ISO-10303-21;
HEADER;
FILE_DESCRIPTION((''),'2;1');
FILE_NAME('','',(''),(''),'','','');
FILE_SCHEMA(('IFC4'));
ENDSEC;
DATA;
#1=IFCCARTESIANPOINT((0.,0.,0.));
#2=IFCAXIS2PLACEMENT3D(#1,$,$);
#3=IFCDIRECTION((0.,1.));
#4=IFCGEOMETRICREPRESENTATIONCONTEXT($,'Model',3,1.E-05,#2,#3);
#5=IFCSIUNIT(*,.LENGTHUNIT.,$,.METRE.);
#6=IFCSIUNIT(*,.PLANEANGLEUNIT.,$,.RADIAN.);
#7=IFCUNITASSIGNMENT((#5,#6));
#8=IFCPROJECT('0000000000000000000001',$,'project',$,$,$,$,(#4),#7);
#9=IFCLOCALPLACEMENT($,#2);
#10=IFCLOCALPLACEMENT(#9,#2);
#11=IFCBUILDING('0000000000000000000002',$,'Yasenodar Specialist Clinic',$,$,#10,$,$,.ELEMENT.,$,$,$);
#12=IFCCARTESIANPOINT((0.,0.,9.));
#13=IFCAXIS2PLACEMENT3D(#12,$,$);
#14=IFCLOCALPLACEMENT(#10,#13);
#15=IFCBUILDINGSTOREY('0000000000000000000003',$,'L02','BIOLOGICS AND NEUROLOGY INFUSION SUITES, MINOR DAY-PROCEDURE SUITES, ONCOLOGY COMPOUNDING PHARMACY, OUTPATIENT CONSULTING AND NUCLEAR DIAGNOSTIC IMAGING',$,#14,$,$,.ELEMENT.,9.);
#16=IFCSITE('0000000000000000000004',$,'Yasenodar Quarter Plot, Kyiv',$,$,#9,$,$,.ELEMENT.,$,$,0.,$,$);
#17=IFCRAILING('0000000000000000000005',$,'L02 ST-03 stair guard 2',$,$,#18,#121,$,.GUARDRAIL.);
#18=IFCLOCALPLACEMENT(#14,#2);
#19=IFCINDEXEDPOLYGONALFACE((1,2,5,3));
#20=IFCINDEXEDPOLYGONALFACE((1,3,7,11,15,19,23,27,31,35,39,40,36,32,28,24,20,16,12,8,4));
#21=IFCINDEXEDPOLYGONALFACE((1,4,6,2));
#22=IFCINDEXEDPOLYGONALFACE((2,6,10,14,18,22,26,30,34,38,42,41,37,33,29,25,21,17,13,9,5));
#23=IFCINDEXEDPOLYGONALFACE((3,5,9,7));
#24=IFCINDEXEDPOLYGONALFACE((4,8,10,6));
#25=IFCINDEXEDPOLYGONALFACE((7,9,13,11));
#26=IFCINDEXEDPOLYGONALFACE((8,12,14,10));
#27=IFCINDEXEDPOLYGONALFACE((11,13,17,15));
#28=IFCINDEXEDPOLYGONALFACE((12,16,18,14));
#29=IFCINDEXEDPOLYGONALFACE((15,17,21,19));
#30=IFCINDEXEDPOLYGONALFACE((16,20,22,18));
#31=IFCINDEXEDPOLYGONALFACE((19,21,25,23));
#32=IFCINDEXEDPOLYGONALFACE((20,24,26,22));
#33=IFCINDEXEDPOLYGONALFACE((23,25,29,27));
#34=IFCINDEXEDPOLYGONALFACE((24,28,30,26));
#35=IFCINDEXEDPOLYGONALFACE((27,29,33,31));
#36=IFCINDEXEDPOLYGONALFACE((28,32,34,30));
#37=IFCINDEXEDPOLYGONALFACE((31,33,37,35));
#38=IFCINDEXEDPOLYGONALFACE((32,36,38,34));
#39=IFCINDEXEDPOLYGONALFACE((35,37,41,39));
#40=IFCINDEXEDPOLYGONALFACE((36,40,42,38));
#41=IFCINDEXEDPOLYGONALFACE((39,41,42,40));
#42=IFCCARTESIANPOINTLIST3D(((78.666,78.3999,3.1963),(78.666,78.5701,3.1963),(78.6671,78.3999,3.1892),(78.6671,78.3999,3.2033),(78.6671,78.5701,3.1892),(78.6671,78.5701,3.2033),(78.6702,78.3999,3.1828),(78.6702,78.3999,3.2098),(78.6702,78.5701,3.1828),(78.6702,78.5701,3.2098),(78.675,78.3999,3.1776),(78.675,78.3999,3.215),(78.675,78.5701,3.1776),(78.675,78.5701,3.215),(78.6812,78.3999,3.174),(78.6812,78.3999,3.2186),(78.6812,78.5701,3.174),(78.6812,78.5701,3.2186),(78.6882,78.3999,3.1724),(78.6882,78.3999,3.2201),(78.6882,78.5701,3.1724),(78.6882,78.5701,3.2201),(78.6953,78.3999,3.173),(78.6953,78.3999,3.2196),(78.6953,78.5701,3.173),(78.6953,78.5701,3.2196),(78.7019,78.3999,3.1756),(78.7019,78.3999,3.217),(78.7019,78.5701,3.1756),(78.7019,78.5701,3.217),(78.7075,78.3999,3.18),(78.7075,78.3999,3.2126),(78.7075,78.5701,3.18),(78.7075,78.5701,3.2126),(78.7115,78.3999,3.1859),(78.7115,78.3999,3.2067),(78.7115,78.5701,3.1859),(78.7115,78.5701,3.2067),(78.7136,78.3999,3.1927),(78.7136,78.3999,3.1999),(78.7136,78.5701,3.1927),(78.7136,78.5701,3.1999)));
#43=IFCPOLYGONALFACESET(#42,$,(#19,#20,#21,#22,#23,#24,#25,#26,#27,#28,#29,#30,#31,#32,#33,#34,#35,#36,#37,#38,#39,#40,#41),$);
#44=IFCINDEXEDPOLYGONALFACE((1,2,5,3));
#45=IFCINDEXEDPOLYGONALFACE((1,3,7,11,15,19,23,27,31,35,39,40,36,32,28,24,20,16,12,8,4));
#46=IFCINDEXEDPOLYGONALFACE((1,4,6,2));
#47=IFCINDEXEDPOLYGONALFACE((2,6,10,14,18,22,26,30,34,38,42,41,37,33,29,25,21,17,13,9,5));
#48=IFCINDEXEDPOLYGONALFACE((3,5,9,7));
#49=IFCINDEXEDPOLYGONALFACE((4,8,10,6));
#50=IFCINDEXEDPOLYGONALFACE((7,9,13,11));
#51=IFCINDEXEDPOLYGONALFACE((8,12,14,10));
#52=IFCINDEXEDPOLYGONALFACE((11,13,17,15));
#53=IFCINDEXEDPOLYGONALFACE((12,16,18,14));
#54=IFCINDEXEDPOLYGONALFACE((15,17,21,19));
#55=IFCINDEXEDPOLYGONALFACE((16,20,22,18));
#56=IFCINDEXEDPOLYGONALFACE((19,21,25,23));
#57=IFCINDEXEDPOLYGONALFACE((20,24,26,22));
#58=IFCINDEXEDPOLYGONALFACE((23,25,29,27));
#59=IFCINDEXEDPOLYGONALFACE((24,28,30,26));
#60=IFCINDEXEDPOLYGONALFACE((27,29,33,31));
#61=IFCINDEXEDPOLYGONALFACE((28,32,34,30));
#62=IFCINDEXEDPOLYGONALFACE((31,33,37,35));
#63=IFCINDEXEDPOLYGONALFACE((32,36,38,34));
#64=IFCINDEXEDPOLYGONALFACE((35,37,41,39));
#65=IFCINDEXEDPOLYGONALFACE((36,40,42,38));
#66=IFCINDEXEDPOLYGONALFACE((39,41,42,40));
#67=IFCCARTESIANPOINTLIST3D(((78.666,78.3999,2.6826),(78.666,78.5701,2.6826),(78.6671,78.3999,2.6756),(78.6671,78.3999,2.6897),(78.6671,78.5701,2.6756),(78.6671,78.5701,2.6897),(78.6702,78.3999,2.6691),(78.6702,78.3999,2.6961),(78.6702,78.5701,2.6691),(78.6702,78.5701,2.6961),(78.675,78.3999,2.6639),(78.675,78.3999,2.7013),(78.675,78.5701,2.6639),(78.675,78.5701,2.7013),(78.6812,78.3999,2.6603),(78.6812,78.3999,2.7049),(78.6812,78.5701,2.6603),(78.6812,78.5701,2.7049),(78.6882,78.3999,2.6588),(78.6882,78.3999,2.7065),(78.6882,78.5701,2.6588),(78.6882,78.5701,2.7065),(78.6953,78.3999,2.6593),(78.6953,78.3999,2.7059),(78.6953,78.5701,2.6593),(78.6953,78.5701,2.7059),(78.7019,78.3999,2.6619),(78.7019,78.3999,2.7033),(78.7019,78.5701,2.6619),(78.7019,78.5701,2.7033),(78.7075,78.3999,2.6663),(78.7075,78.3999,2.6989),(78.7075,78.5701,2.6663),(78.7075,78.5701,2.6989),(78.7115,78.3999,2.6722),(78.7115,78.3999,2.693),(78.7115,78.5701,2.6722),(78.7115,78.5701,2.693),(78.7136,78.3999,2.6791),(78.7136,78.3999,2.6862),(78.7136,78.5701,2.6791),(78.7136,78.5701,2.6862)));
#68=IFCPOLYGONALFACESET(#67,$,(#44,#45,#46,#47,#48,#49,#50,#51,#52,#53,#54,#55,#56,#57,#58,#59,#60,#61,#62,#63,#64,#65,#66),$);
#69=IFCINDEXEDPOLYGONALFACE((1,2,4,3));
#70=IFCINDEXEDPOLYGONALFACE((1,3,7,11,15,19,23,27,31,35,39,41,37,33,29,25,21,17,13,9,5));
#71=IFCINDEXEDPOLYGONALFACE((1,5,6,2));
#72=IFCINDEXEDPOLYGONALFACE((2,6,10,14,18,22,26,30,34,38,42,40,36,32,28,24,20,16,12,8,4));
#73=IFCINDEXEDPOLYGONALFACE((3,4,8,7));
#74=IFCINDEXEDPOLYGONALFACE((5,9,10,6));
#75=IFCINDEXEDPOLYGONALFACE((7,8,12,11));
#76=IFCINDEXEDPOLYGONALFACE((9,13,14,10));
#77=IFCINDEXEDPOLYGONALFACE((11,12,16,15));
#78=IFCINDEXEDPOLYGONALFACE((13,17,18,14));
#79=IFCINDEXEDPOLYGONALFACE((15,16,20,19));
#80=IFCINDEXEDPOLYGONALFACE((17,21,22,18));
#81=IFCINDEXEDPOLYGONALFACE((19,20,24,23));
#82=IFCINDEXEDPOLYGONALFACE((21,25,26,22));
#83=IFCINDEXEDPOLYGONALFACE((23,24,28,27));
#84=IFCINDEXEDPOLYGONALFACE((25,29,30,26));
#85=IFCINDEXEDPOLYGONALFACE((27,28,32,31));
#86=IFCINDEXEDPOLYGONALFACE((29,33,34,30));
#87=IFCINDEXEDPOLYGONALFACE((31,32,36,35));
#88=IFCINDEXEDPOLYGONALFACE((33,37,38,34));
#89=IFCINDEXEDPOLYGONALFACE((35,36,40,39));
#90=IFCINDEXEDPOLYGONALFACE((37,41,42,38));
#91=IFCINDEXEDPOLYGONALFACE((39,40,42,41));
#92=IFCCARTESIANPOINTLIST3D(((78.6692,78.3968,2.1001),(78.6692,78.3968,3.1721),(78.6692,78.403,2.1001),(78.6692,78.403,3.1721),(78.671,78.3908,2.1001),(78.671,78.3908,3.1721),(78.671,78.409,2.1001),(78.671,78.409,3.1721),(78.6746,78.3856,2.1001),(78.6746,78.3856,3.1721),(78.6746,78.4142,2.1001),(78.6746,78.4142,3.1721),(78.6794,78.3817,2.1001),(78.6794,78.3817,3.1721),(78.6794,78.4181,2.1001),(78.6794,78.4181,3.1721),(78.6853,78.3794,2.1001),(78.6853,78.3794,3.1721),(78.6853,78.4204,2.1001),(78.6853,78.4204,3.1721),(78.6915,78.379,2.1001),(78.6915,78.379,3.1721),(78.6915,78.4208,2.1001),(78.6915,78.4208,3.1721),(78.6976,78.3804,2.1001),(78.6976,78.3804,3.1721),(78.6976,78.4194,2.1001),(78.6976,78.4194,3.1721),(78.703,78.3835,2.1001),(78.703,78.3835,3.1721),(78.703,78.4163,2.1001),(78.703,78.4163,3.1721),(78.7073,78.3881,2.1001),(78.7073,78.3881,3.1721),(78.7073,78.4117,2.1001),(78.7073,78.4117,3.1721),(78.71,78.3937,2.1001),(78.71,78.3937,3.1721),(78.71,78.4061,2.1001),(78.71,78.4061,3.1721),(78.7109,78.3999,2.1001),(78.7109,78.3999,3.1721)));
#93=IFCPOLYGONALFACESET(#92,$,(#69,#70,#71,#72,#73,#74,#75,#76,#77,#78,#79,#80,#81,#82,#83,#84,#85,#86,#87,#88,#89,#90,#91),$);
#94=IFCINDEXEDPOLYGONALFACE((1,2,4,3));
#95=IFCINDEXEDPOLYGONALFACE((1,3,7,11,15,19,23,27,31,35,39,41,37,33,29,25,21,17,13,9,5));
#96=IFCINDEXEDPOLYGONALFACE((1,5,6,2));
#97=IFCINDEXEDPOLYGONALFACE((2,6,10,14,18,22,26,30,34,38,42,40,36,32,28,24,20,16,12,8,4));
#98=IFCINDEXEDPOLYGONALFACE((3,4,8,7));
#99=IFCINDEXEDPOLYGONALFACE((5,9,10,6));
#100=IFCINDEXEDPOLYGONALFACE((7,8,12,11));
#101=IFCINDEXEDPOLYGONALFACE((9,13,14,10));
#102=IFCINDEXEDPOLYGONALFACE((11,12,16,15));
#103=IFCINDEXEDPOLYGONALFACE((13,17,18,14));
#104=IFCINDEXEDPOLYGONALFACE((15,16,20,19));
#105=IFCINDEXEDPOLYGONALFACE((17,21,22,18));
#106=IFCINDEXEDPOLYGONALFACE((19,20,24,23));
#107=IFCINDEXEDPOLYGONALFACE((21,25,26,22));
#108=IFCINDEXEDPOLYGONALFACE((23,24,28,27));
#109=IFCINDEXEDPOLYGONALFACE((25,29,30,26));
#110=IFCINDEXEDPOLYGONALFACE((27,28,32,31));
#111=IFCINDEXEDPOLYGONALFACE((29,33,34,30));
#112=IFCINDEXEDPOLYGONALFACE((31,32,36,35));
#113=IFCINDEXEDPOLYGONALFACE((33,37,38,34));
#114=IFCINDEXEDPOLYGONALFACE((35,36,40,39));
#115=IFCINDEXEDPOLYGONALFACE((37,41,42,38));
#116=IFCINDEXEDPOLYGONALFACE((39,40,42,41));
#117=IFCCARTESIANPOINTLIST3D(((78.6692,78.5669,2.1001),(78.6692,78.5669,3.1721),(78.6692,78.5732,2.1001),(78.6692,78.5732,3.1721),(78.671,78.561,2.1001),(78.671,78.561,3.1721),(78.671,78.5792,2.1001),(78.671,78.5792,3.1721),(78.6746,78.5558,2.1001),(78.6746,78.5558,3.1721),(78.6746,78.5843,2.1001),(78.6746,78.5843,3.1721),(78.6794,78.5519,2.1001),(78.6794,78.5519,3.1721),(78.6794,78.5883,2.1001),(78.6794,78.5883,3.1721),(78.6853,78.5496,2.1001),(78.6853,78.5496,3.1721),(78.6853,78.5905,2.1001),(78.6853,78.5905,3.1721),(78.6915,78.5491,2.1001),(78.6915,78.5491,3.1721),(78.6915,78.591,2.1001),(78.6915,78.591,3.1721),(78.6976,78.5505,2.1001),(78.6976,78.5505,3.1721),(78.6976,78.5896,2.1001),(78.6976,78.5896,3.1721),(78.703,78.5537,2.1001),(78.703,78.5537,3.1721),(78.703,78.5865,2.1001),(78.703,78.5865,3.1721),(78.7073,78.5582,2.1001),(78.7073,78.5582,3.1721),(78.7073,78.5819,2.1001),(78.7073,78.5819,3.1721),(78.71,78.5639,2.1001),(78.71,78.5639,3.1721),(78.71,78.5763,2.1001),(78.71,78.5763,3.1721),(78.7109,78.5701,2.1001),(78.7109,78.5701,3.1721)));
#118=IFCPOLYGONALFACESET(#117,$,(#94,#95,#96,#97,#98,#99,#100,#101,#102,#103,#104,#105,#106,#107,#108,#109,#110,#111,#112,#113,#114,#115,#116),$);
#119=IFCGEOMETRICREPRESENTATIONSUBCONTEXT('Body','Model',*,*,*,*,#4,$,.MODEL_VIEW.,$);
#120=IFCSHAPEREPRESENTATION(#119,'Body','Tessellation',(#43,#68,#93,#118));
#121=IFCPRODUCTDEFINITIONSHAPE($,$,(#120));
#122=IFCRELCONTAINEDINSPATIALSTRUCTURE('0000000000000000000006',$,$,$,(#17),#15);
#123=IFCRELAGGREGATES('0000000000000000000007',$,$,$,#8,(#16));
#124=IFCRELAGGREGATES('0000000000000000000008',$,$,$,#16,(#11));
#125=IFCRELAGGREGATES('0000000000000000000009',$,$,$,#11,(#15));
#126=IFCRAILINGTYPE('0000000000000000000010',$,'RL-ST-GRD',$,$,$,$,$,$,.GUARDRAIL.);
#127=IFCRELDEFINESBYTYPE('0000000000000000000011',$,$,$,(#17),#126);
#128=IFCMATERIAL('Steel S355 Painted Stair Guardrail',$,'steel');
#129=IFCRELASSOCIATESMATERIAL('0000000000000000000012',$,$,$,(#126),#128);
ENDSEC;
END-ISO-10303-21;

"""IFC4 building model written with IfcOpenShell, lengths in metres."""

from ifc_helpers import new_model, si_unit, direction, frame, origin, origin_2d, place, context, subcontext, project, spatial, circle, extrude, material, type_object, element, save


model = new_model("IFC4")

# Units and contexts
model_context = context("Model", 3, precision=1e-05, world=origin(), true_north=direction((0.0, 1.0)))
body_context = subcontext(model_context, "Body", "Model", "MODEL_VIEW")
ifc_project = project(units=[si_unit("LENGTHUNIT", "METRE"), si_unit("PLANEANGLEUNIT", "RADIAN")], contexts=[model_context])

# Site, building, storey
site_placement = place(None, origin())
site = spatial("IfcSite", under=ifc_project, at=site_placement, Name="Yasenodar Quarter Plot, Kyiv", CompositionType="ELEMENT", RefElevation=0.0)
building_placement = place(site_placement, origin())
building = spatial("IfcBuilding", under=site, at=building_placement, Name="Yasenodar Specialist Clinic", CompositionType="ELEMENT")
storey_placement = place(building_placement, frame((0.0, 0.0, 9.0)))
storey = spatial("IfcBuildingStorey", under=building, at=storey_placement, Name="L02", Description="BIOLOGICS AND NEUROLOGY INFUSION SUITES, MINOR DAY-PROCEDURE SUITES, ONCOLOGY COMPOUNDING PHARMACY, OUTPATIENT CONSULTING AND NUCLEAR DIAGNOSTIC IMAGING", CompositionType="ELEMENT", Elevation=9.0)

# Railing
ifc_material_1 = material(Name="Steel S355 Painted Stair Guardrail", Category="steel")
railing_type_1 = type_object("IfcRailingType", Name="RL-ST-GRD", PredefinedType="GUARDRAIL", material=ifc_material_1)
railing_1_placement = place(storey_placement, frame((78.6899, 78.3999, 2.1001)))
element("IfcRailing", 1, at=railing_1_placement, inside=storey, type_object=railing_type_1, Name="L02 ST-03 stair guard 2", PredefinedType="GUARDRAIL", context=body_context, shape_type="SweptSolid", body=[
    extrude(circle(Radius=0.0239, at=origin_2d()), frame((0.0, 0.0, 1.0962), z_axis=(0.0, 1.0, 0.0), x_axis=(-1.0, 0.0, 0.0)), (0.0, 0.0, 1.0), 0.1702),
    extrude(circle(Radius=0.0239, at=origin_2d()), frame((0.0, 0.0, 0.5825), z_axis=(0.0, 1.0, 0.0), x_axis=(-1.0, 0.0, 0.0)), (0.0, 0.0, 1.0), 0.1702),
    extrude(circle(Radius=0.021, at=origin_2d()), origin(), (0.0, 0.0, 1.0), 1.072),
    extrude(circle(Radius=0.021, at=origin_2d()), frame((0.0, 0.1702, 0.0)), (0.0, 0.0, 1.0), 1.072),
])

save(model, "model.ifc")
